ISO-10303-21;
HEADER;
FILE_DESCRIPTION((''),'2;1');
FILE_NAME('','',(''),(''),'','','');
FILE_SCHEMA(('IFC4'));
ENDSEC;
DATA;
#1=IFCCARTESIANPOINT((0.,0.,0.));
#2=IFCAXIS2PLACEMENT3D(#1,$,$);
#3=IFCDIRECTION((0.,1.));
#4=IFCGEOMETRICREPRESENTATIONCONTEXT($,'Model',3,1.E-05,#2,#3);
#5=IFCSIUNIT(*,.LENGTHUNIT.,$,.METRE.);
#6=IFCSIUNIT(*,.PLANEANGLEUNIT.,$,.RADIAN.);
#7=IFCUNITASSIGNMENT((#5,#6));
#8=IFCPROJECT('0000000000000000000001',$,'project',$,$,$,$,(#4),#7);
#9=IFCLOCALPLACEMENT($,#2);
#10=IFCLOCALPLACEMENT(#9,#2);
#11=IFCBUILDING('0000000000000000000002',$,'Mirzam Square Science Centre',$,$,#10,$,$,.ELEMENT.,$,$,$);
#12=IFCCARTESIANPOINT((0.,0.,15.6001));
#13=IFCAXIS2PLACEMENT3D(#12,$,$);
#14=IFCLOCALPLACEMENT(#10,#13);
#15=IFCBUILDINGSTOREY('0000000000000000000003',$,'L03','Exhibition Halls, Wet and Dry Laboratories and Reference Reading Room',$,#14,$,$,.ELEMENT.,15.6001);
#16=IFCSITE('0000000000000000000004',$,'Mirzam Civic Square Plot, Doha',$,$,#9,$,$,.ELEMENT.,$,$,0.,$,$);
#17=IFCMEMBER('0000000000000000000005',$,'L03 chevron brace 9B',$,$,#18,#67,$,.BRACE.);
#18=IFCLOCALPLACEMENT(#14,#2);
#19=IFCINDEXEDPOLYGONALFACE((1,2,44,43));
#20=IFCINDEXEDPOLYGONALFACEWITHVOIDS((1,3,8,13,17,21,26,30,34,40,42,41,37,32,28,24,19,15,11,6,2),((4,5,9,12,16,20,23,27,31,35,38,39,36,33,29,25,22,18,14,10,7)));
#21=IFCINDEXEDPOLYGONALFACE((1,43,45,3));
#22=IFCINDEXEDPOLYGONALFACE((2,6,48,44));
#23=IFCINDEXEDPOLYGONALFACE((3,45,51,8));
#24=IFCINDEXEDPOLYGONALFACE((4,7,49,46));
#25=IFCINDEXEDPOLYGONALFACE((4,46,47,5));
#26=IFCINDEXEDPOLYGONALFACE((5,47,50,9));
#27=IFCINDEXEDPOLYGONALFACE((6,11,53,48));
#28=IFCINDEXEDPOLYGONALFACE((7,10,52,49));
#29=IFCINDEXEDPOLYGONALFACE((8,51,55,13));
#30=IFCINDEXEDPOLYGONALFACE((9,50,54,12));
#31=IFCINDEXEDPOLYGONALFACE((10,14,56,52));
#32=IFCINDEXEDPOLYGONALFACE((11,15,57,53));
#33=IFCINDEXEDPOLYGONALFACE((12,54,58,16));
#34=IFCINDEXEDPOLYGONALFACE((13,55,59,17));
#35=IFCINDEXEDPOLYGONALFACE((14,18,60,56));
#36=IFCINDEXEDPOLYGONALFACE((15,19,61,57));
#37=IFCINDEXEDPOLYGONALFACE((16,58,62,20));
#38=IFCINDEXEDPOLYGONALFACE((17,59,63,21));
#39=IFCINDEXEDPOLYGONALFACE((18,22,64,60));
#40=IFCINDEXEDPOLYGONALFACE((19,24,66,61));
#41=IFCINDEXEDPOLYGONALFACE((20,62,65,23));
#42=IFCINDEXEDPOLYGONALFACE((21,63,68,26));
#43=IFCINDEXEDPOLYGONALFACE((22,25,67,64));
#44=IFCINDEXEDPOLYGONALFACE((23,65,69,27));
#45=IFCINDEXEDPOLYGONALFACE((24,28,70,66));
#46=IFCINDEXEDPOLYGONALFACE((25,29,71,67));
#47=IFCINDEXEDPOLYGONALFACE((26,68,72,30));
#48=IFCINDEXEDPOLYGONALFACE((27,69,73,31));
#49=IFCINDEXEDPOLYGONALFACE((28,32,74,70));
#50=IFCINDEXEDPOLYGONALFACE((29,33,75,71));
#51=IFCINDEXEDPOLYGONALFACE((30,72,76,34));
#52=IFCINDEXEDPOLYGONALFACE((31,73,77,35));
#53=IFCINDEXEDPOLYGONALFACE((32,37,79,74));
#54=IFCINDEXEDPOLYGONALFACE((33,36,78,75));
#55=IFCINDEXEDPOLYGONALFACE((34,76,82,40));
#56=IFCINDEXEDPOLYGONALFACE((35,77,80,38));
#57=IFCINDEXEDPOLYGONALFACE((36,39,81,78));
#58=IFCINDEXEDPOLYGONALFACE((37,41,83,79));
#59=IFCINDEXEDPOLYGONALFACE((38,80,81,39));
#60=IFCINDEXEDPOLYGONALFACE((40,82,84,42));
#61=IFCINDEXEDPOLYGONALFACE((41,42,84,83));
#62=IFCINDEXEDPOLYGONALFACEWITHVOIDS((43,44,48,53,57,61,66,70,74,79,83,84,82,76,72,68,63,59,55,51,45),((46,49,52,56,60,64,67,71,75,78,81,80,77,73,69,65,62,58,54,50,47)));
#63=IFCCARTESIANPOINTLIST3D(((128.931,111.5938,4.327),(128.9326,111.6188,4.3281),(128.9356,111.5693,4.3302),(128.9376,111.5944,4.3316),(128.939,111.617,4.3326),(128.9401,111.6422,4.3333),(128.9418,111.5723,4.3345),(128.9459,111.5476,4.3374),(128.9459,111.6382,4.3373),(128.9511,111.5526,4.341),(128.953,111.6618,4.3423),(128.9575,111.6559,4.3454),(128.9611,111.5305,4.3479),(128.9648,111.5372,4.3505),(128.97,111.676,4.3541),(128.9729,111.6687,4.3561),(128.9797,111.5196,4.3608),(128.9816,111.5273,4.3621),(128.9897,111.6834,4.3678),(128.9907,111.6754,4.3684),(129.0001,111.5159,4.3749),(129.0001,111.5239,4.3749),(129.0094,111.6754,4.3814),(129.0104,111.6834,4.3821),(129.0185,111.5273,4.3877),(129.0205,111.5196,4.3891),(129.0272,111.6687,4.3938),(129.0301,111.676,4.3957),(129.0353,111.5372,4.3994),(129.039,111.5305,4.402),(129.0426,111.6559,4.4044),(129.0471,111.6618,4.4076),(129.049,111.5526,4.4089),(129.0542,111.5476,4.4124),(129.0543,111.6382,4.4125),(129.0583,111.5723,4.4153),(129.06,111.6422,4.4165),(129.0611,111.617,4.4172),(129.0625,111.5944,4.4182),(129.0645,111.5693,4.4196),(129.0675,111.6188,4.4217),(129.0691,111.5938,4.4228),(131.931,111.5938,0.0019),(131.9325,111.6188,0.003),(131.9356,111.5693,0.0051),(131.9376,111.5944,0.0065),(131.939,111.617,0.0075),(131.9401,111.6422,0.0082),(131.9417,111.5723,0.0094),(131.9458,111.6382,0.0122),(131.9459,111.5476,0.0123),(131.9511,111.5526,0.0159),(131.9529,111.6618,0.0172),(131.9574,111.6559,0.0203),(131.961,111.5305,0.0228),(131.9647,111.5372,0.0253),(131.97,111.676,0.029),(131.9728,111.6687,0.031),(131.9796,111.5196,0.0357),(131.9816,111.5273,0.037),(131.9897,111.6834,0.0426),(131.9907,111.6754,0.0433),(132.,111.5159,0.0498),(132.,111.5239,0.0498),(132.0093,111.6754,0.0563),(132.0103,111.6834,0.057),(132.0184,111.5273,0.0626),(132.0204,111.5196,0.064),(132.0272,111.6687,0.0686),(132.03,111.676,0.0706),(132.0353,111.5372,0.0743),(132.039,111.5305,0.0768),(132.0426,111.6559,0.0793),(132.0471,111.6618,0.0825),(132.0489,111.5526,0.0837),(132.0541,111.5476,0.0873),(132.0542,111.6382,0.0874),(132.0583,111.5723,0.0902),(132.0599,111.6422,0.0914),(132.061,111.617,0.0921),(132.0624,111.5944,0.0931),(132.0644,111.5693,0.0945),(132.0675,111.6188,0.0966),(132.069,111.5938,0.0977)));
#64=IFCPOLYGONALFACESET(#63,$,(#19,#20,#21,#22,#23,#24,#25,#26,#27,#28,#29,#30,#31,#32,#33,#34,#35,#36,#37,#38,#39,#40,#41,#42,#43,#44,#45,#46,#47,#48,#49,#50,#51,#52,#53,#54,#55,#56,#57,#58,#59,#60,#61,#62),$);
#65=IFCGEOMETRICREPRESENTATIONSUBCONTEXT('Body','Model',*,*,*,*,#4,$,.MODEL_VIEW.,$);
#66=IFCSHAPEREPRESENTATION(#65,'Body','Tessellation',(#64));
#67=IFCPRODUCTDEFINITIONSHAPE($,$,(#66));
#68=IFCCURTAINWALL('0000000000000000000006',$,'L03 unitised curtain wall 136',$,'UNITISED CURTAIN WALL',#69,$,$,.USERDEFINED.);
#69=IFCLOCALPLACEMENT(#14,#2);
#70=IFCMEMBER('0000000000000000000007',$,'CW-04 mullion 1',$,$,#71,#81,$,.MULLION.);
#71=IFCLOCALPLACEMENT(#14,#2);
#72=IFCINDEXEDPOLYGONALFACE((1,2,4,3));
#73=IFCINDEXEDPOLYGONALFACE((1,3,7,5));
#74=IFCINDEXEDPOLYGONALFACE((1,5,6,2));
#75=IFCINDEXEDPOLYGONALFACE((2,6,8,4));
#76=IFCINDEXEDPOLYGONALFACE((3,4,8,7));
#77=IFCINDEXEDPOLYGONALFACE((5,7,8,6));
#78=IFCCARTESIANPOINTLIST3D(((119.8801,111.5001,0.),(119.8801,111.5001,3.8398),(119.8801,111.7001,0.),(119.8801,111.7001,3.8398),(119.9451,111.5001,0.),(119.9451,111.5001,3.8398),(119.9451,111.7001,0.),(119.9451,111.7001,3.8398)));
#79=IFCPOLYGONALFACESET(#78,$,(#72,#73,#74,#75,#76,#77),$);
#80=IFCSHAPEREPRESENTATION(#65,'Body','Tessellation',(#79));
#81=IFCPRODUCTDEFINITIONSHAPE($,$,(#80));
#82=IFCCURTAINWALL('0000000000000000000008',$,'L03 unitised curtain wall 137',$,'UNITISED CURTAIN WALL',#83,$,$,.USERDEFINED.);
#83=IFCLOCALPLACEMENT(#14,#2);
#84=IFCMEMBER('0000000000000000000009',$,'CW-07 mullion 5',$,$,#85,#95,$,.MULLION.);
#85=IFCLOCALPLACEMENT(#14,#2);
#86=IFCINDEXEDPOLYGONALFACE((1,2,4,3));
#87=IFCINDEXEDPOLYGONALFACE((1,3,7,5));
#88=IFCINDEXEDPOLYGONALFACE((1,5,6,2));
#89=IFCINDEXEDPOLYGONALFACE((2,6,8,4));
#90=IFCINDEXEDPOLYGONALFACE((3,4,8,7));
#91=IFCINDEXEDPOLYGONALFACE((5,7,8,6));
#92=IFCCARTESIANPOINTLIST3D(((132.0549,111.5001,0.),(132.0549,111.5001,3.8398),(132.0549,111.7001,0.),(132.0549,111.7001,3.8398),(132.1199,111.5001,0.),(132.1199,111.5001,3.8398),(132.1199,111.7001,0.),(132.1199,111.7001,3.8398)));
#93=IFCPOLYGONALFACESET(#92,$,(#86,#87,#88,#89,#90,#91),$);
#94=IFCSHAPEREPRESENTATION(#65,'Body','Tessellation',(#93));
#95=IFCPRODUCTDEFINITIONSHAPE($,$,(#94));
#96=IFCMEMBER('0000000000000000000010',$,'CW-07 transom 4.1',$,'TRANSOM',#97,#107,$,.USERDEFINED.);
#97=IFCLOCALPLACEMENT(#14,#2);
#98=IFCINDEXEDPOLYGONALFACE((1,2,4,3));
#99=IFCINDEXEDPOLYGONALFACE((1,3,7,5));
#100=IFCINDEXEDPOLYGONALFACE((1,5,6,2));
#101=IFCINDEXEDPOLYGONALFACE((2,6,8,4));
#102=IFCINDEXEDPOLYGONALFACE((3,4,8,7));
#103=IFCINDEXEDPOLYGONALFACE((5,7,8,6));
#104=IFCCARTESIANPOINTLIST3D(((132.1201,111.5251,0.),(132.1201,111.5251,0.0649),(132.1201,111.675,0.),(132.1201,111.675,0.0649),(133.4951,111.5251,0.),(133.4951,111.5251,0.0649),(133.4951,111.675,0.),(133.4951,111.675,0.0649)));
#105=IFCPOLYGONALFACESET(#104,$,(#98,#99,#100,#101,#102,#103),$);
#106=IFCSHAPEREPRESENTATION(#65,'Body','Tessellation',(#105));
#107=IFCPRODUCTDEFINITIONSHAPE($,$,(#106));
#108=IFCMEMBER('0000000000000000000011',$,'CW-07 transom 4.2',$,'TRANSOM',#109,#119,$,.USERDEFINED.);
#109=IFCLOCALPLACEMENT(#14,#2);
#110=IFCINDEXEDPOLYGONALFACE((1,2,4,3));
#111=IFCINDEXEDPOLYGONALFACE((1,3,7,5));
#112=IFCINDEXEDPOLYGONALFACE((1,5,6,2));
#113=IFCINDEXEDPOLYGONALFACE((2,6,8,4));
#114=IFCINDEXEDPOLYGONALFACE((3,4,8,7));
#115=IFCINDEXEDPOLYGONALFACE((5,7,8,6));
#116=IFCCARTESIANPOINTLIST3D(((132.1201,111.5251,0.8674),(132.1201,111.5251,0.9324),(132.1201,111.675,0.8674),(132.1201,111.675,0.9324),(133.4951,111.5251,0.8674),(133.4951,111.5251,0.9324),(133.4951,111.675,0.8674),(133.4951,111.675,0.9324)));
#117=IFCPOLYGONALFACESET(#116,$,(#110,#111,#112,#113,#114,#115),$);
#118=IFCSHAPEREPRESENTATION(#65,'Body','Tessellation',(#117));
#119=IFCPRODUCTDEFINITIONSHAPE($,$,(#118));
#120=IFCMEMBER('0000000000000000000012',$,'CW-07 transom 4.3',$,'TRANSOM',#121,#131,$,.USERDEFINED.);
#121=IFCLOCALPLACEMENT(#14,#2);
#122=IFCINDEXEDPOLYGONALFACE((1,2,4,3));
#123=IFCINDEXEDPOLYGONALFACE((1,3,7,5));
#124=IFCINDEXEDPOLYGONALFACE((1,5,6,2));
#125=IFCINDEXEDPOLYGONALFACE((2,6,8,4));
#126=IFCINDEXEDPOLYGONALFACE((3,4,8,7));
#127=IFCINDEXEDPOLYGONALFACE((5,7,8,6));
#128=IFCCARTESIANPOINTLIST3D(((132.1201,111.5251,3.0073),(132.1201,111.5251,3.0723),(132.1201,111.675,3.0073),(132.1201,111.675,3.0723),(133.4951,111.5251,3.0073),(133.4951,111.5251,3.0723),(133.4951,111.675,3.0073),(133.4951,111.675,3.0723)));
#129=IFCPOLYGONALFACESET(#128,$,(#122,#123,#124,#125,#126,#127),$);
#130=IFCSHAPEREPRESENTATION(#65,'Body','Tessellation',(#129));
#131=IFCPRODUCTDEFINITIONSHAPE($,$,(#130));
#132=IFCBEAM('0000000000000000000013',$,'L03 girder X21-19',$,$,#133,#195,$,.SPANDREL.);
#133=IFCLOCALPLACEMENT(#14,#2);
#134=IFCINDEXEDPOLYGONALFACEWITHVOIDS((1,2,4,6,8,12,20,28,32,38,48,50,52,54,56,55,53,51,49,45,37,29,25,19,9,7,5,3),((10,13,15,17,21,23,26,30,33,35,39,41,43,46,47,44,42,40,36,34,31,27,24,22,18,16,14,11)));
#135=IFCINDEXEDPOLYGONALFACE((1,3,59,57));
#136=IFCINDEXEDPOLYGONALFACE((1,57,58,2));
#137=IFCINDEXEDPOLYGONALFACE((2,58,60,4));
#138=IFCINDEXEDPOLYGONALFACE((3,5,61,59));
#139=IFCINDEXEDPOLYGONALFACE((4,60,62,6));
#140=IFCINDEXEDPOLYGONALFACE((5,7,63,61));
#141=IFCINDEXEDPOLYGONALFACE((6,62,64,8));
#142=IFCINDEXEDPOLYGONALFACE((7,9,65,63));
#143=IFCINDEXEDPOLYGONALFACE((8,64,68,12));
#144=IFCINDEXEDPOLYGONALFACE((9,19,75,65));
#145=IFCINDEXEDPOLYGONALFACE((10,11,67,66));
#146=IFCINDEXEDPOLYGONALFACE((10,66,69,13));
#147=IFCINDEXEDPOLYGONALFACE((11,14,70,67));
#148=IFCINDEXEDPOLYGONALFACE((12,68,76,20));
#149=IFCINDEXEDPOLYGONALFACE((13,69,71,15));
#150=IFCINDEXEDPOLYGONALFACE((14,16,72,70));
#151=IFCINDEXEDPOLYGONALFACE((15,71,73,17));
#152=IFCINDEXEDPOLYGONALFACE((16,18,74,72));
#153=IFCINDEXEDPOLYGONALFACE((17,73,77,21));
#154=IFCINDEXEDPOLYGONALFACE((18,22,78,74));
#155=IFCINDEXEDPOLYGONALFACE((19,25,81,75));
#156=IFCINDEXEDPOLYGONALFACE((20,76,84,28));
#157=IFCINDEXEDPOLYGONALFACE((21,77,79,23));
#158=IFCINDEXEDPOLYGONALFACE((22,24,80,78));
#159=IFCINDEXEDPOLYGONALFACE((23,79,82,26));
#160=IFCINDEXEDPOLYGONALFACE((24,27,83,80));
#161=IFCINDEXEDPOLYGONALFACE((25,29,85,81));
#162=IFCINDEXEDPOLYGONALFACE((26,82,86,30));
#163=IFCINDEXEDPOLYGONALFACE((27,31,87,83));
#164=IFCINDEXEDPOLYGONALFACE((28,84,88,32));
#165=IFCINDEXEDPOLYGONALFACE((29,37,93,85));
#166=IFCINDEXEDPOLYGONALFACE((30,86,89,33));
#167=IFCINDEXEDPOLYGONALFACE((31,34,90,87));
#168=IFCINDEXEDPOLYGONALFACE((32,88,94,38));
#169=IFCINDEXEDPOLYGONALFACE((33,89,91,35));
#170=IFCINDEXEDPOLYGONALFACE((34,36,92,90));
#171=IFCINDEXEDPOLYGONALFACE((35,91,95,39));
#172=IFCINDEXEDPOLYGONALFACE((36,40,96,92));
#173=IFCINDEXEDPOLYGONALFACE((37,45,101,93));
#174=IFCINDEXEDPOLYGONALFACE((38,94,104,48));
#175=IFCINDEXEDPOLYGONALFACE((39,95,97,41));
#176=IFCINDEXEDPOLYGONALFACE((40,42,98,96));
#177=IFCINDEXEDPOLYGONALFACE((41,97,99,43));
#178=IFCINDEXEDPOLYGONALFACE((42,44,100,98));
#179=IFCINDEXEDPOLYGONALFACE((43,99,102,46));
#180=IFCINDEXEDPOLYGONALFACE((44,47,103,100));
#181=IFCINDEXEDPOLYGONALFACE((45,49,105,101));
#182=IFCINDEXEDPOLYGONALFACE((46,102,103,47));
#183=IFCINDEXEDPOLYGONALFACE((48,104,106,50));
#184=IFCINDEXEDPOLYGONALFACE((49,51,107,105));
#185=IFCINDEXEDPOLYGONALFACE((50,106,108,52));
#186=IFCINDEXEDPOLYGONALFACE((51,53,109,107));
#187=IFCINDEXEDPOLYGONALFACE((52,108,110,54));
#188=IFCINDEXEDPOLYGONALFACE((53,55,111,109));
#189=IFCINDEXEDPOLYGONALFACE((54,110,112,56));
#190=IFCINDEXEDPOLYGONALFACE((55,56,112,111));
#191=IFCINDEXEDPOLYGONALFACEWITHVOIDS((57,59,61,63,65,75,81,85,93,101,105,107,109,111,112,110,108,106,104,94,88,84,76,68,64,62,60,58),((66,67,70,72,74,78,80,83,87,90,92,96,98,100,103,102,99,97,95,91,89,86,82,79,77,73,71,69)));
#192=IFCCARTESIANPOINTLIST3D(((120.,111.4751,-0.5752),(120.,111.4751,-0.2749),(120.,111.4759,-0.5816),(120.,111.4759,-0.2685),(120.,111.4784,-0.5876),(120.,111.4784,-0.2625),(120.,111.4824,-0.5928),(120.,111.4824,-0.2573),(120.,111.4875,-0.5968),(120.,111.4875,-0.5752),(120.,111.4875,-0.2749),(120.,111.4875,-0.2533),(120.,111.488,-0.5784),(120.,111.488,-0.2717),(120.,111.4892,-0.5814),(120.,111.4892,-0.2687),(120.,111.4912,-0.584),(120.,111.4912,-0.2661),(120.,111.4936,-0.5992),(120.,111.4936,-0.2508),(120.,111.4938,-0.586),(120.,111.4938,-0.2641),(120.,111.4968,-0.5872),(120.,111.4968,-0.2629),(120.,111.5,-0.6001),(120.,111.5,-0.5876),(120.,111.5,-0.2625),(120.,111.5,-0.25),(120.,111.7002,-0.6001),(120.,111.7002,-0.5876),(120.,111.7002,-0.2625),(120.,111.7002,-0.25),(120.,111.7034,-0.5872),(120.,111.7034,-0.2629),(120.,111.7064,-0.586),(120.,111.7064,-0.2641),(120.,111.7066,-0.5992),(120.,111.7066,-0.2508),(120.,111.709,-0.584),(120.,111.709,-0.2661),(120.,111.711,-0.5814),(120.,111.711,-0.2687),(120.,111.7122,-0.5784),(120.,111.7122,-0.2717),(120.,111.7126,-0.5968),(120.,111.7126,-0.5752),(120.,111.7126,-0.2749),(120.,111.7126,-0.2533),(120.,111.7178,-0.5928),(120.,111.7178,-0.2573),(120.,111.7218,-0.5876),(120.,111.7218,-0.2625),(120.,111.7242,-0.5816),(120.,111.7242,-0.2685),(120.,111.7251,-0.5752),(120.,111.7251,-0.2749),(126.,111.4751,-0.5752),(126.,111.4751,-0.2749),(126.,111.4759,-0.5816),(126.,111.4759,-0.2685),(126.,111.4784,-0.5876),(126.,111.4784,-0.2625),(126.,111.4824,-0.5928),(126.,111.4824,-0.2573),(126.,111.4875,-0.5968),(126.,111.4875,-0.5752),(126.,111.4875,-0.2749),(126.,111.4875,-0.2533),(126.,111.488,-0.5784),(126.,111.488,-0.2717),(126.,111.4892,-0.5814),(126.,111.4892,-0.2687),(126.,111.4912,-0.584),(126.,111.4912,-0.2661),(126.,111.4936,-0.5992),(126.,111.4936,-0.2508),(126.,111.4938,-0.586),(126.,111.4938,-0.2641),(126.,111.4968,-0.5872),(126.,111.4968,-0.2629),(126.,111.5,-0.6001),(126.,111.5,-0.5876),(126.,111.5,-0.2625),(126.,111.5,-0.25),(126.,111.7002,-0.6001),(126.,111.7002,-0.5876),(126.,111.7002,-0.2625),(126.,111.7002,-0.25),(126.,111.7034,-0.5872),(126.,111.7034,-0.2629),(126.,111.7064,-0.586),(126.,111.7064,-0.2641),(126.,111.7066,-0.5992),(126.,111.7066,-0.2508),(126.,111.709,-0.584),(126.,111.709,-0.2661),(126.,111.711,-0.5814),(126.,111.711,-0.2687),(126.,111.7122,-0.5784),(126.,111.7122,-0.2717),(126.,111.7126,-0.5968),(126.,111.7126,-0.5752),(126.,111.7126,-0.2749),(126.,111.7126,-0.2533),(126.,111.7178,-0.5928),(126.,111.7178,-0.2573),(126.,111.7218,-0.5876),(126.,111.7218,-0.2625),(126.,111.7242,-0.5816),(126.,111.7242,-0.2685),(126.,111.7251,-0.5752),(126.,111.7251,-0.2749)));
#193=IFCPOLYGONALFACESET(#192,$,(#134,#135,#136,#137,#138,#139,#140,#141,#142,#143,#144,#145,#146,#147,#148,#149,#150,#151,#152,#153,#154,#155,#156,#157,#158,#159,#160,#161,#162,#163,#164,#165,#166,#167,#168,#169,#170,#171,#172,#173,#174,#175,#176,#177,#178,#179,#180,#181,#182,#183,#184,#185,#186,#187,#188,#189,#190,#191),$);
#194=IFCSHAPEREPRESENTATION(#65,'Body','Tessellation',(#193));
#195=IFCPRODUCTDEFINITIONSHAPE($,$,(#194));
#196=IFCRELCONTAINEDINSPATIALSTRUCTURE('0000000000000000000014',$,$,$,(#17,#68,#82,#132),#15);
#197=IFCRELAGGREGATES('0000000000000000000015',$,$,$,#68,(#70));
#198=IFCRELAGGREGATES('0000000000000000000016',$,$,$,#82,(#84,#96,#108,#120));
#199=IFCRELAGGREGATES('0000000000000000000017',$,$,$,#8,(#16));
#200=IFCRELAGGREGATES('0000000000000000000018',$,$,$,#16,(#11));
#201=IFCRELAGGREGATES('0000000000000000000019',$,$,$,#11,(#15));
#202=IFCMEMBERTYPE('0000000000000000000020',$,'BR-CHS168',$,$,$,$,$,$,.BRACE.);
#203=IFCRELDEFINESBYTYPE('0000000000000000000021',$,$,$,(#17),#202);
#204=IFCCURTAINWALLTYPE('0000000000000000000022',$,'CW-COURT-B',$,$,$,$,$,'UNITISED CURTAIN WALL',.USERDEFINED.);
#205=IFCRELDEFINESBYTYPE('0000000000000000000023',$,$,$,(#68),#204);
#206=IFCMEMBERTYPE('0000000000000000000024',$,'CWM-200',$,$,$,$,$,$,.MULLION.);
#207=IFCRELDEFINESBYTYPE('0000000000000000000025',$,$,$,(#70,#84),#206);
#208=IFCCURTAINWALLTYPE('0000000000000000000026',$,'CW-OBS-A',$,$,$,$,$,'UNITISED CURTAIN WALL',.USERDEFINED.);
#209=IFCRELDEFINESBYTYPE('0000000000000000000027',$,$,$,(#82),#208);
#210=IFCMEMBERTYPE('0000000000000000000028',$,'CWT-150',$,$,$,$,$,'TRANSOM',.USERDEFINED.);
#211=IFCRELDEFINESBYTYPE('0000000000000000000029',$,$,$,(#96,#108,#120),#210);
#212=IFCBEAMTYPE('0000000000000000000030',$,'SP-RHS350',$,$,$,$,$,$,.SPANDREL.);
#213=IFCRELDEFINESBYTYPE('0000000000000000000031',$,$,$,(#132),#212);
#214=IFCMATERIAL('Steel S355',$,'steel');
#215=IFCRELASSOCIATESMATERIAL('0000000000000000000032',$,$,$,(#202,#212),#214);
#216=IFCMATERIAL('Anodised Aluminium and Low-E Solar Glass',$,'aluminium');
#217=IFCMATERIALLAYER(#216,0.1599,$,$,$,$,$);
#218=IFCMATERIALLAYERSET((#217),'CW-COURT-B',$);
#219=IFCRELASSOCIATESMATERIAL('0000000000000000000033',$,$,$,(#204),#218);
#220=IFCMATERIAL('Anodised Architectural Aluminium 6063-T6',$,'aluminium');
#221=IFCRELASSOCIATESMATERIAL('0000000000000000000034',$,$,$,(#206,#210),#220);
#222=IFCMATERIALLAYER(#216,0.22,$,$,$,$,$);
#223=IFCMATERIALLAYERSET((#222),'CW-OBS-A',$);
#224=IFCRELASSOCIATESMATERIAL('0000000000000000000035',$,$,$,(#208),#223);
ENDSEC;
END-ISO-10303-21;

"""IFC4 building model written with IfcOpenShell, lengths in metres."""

from ifc_helpers import new_model, si_unit, direction, frame, origin, origin_2d, place, context, subcontext, project, spatial, rectangle, hollow_rectangle, hollow_circle, extrude, material, layer, layer_set, material_profile, profile_set, type_object, element, aggregate, save


model = new_model("IFC4")

# Units and contexts
model_context = context("Model", 3, precision=1e-05, world=origin(), true_north=direction((0.0, 1.0)))
body_context = subcontext(model_context, "Body", "Model", "MODEL_VIEW")
ifc_project = project(units=[si_unit("LENGTHUNIT", "METRE"), si_unit("PLANEANGLEUNIT", "RADIAN")], contexts=[model_context])

# Site, building, storey
site_placement = place(None, origin())
site = spatial("IfcSite", under=ifc_project, at=site_placement, Name="Mirzam Civic Square Plot, Doha", CompositionType="ELEMENT", RefElevation=0.0)
building_placement = place(site_placement, origin())
building = spatial("IfcBuilding", under=site, at=building_placement, Name="Mirzam Square Science Centre", CompositionType="ELEMENT")
storey_placement = place(building_placement, frame((0.0, 0.0, 15.6001)))
storey = spatial("IfcBuildingStorey", under=building, at=storey_placement, Name="L03", Description="Exhibition Halls, Wet and Dry Laboratories and Reference Reading Room", CompositionType="ELEMENT", Elevation=15.6001)

# Shared definitions
ifc_material_1 = material(Name="Steel S355", Category="steel")

# Member
ifc_material_profile_1 = material_profile(ifc_material_1, hollow_circle(Radius=0.0842, WallThickness=0.0081, at=origin_2d()), Name="168.3x8.0CHS")
ifc_profile_set_1 = profile_set([ifc_material_profile_1], Name="Steel S355")
member_type_1 = type_object("IfcMemberType", Name="BR-CHS168", PredefinedType="BRACE", material=ifc_profile_set_1)
for number, where, z_axis, x_axis, name in (
    (1, (132.0, 111.6001, 0.0498), (-0.569933, 0.0, 0.821691), (0.0, -1.0, 0.0), "L03 chevron brace 9B"),
):
    element("IfcMember", number, at=place(storey_placement, frame(where, z_axis=z_axis, x_axis=x_axis)), inside=storey, type_object=member_type_1, Name=name, PredefinedType="BRACE", context=body_context, shape_type="SweptSolid", body=[
        extrude(hollow_circle(Radius=0.0842, WallThickness=0.0081, at=origin_2d()), origin(), (0.0, 0.0, 1.0), 5.2637),
    ])

# Curtain wall, member
ifc_material_2 = material(Name="Anodised Aluminium and Low-E Solar Glass", Category="aluminium")
ifc_layer_1 = layer(ifc_material_2, 0.1599)
ifc_layer_set_1 = layer_set([ifc_layer_1], Name="CW-COURT-B")
curtain_wall_type_1 = type_object("IfcCurtainWallType", Name="CW-COURT-B", ElementType="UNITISED CURTAIN WALL", PredefinedType="USERDEFINED", material=ifc_layer_set_1)
curtain_wall_1_placement = place(storey_placement, origin())
curtain_wall_1 = element("IfcCurtainWall", 2, at=curtain_wall_1_placement, inside=storey, type_object=curtain_wall_type_1, Name="L03 unitised curtain wall 136", ObjectType="UNITISED CURTAIN WALL", PredefinedType="USERDEFINED")
ifc_material_3 = material(Name="Anodised Architectural Aluminium 6063-T6", Category="aluminium")
ifc_material_profile_2 = material_profile(ifc_material_3, rectangle(XDim=0.0649, YDim=0.2, at=origin_2d()), Name="ALU-MULL-200x65x5")
ifc_profile_set_2 = profile_set([ifc_material_profile_2], Name="Anodised Architectural Aluminium 6063-T6")
member_type_2 = type_object("IfcMemberType", Name="CWM-200", PredefinedType="MULLION", material=ifc_profile_set_2)
member_1_placement = place(storey_placement, frame((119.9126, 111.6001, 0.0), z_axis=(0.0, 0.0, 1.0), x_axis=(-1.0, 0.0, 0.0)))
member_1 = element("IfcMember", 3, at=member_1_placement, type_object=member_type_2, Name="CW-04 mullion 1", PredefinedType="MULLION", context=body_context, shape_type="SweptSolid", body=[
    extrude(rectangle(XDim=0.0649, YDim=0.2, at=origin_2d()), origin(), (0.0, 0.0, 1.0), 3.8398),
])
aggregate(curtain_wall_1, [member_1])

# Curtain wall, members
ifc_layer_2 = layer(ifc_material_2, 0.22)
ifc_layer_set_2 = layer_set([ifc_layer_2], Name="CW-OBS-A")
curtain_wall_type_2 = type_object("IfcCurtainWallType", Name="CW-OBS-A", ElementType="UNITISED CURTAIN WALL", PredefinedType="USERDEFINED", material=ifc_layer_set_2)
curtain_wall_2_placement = place(storey_placement, origin())
curtain_wall_2 = element("IfcCurtainWall", 4, at=curtain_wall_2_placement, inside=storey, type_object=curtain_wall_type_2, Name="L03 unitised curtain wall 137", ObjectType="UNITISED CURTAIN WALL", PredefinedType="USERDEFINED")
member_2_placement = place(storey_placement, frame((132.0874, 111.6001, 0.0), z_axis=(0.0, 0.0, 1.0), x_axis=(-1.0, 0.0, 0.0)))
member_2 = element("IfcMember", 5, at=member_2_placement, type_object=member_type_2, Name="CW-07 mullion 5", PredefinedType="MULLION", context=body_context, shape_type="SweptSolid", body=[
    extrude(rectangle(XDim=0.0649, YDim=0.2, at=origin_2d()), origin(), (0.0, 0.0, 1.0), 3.8398),
])
ifc_material_profile_3 = material_profile(ifc_material_3, rectangle(XDim=0.1499, YDim=0.0649, at=origin_2d()), Name="ALU-TRAN-150x65x4")
ifc_profile_set_3 = profile_set([ifc_material_profile_3], Name="Anodised Architectural Aluminium 6063-T6")
member_type_3 = type_object("IfcMemberType", Name="CWT-150", ElementType="TRANSOM", PredefinedType="USERDEFINED", material=ifc_profile_set_3)
member_3_placement = place(storey_placement, frame((133.4951, 111.6001, 0.0325), z_axis=(-1.0, 0.0, 0.0), x_axis=(0.0, -1.0, 0.0)))
member_3 = element("IfcMember", 6, at=member_3_placement, type_object=member_type_3, Name="CW-07 transom 4.1", ObjectType="TRANSOM", PredefinedType="USERDEFINED", context=body_context, shape_type="SweptSolid", body=[
    extrude(rectangle(XDim=0.1499, YDim=0.0649, at=origin_2d()), origin(), (0.0, 0.0, 1.0), 1.375),
])
member_4_placement = place(storey_placement, frame((133.4951, 111.6001, 0.8999), z_axis=(-1.0, 0.0, 0.0), x_axis=(0.0, -1.0, 0.0)))
member_4 = element("IfcMember", 7, at=member_4_placement, type_object=member_type_3, Name="CW-07 transom 4.2", ObjectType="TRANSOM", PredefinedType="USERDEFINED", context=body_context, shape_type="SweptSolid", body=[
    extrude(rectangle(XDim=0.1499, YDim=0.0649, at=origin_2d()), origin(), (0.0, 0.0, 1.0), 1.375),
])
member_5_placement = place(storey_placement, frame((133.4951, 111.6001, 3.0398), z_axis=(-1.0, 0.0, 0.0), x_axis=(0.0, -1.0, 0.0)))
member_5 = element("IfcMember", 8, at=member_5_placement, type_object=member_type_3, Name="CW-07 transom 4.3", ObjectType="TRANSOM", PredefinedType="USERDEFINED", context=body_context, shape_type="SweptSolid", body=[
    extrude(rectangle(XDim=0.1499, YDim=0.0649, at=origin_2d()), origin(), (0.0, 0.0, 1.0), 1.375),
])

# Beam
ifc_material_profile_4 = material_profile(ifc_material_1, hollow_rectangle(XDim=0.25, YDim=0.3501, WallThickness=0.0125, InnerFilletRadius=0.0125, OuterFilletRadius=0.0249, at=origin_2d()), Name="350x250x12.5RHS")
ifc_profile_set_4 = profile_set([ifc_material_profile_4], Name="Steel S355")
beam_type = type_object("IfcBeamType", Name="SP-RHS350", PredefinedType="SPANDREL", material=ifc_profile_set_4)
for number, where, z_axis, x_axis, name in (
    (9, (120.0, 111.6001, -0.425), (1.0, 0.0, 0.0), (0.0, 1.0, 0.0), "L03 girder X21-19"),
):
    element("IfcBeam", number, at=place(storey_placement, frame(where, z_axis=z_axis, x_axis=x_axis)), inside=storey, type_object=beam_type, Name=name, PredefinedType="SPANDREL", context=body_context, shape_type="SweptSolid", body=[
        extrude(hollow_rectangle(XDim=0.25, YDim=0.3501, WallThickness=0.0125, InnerFilletRadius=0.0125, OuterFilletRadius=0.0249, at=origin_2d()), origin(), (0.0, 0.0, 1.0), 6.0),
    ])

aggregate(curtain_wall_2, [member_2, member_3, member_4, member_5])

save(model, "model.ifc")
